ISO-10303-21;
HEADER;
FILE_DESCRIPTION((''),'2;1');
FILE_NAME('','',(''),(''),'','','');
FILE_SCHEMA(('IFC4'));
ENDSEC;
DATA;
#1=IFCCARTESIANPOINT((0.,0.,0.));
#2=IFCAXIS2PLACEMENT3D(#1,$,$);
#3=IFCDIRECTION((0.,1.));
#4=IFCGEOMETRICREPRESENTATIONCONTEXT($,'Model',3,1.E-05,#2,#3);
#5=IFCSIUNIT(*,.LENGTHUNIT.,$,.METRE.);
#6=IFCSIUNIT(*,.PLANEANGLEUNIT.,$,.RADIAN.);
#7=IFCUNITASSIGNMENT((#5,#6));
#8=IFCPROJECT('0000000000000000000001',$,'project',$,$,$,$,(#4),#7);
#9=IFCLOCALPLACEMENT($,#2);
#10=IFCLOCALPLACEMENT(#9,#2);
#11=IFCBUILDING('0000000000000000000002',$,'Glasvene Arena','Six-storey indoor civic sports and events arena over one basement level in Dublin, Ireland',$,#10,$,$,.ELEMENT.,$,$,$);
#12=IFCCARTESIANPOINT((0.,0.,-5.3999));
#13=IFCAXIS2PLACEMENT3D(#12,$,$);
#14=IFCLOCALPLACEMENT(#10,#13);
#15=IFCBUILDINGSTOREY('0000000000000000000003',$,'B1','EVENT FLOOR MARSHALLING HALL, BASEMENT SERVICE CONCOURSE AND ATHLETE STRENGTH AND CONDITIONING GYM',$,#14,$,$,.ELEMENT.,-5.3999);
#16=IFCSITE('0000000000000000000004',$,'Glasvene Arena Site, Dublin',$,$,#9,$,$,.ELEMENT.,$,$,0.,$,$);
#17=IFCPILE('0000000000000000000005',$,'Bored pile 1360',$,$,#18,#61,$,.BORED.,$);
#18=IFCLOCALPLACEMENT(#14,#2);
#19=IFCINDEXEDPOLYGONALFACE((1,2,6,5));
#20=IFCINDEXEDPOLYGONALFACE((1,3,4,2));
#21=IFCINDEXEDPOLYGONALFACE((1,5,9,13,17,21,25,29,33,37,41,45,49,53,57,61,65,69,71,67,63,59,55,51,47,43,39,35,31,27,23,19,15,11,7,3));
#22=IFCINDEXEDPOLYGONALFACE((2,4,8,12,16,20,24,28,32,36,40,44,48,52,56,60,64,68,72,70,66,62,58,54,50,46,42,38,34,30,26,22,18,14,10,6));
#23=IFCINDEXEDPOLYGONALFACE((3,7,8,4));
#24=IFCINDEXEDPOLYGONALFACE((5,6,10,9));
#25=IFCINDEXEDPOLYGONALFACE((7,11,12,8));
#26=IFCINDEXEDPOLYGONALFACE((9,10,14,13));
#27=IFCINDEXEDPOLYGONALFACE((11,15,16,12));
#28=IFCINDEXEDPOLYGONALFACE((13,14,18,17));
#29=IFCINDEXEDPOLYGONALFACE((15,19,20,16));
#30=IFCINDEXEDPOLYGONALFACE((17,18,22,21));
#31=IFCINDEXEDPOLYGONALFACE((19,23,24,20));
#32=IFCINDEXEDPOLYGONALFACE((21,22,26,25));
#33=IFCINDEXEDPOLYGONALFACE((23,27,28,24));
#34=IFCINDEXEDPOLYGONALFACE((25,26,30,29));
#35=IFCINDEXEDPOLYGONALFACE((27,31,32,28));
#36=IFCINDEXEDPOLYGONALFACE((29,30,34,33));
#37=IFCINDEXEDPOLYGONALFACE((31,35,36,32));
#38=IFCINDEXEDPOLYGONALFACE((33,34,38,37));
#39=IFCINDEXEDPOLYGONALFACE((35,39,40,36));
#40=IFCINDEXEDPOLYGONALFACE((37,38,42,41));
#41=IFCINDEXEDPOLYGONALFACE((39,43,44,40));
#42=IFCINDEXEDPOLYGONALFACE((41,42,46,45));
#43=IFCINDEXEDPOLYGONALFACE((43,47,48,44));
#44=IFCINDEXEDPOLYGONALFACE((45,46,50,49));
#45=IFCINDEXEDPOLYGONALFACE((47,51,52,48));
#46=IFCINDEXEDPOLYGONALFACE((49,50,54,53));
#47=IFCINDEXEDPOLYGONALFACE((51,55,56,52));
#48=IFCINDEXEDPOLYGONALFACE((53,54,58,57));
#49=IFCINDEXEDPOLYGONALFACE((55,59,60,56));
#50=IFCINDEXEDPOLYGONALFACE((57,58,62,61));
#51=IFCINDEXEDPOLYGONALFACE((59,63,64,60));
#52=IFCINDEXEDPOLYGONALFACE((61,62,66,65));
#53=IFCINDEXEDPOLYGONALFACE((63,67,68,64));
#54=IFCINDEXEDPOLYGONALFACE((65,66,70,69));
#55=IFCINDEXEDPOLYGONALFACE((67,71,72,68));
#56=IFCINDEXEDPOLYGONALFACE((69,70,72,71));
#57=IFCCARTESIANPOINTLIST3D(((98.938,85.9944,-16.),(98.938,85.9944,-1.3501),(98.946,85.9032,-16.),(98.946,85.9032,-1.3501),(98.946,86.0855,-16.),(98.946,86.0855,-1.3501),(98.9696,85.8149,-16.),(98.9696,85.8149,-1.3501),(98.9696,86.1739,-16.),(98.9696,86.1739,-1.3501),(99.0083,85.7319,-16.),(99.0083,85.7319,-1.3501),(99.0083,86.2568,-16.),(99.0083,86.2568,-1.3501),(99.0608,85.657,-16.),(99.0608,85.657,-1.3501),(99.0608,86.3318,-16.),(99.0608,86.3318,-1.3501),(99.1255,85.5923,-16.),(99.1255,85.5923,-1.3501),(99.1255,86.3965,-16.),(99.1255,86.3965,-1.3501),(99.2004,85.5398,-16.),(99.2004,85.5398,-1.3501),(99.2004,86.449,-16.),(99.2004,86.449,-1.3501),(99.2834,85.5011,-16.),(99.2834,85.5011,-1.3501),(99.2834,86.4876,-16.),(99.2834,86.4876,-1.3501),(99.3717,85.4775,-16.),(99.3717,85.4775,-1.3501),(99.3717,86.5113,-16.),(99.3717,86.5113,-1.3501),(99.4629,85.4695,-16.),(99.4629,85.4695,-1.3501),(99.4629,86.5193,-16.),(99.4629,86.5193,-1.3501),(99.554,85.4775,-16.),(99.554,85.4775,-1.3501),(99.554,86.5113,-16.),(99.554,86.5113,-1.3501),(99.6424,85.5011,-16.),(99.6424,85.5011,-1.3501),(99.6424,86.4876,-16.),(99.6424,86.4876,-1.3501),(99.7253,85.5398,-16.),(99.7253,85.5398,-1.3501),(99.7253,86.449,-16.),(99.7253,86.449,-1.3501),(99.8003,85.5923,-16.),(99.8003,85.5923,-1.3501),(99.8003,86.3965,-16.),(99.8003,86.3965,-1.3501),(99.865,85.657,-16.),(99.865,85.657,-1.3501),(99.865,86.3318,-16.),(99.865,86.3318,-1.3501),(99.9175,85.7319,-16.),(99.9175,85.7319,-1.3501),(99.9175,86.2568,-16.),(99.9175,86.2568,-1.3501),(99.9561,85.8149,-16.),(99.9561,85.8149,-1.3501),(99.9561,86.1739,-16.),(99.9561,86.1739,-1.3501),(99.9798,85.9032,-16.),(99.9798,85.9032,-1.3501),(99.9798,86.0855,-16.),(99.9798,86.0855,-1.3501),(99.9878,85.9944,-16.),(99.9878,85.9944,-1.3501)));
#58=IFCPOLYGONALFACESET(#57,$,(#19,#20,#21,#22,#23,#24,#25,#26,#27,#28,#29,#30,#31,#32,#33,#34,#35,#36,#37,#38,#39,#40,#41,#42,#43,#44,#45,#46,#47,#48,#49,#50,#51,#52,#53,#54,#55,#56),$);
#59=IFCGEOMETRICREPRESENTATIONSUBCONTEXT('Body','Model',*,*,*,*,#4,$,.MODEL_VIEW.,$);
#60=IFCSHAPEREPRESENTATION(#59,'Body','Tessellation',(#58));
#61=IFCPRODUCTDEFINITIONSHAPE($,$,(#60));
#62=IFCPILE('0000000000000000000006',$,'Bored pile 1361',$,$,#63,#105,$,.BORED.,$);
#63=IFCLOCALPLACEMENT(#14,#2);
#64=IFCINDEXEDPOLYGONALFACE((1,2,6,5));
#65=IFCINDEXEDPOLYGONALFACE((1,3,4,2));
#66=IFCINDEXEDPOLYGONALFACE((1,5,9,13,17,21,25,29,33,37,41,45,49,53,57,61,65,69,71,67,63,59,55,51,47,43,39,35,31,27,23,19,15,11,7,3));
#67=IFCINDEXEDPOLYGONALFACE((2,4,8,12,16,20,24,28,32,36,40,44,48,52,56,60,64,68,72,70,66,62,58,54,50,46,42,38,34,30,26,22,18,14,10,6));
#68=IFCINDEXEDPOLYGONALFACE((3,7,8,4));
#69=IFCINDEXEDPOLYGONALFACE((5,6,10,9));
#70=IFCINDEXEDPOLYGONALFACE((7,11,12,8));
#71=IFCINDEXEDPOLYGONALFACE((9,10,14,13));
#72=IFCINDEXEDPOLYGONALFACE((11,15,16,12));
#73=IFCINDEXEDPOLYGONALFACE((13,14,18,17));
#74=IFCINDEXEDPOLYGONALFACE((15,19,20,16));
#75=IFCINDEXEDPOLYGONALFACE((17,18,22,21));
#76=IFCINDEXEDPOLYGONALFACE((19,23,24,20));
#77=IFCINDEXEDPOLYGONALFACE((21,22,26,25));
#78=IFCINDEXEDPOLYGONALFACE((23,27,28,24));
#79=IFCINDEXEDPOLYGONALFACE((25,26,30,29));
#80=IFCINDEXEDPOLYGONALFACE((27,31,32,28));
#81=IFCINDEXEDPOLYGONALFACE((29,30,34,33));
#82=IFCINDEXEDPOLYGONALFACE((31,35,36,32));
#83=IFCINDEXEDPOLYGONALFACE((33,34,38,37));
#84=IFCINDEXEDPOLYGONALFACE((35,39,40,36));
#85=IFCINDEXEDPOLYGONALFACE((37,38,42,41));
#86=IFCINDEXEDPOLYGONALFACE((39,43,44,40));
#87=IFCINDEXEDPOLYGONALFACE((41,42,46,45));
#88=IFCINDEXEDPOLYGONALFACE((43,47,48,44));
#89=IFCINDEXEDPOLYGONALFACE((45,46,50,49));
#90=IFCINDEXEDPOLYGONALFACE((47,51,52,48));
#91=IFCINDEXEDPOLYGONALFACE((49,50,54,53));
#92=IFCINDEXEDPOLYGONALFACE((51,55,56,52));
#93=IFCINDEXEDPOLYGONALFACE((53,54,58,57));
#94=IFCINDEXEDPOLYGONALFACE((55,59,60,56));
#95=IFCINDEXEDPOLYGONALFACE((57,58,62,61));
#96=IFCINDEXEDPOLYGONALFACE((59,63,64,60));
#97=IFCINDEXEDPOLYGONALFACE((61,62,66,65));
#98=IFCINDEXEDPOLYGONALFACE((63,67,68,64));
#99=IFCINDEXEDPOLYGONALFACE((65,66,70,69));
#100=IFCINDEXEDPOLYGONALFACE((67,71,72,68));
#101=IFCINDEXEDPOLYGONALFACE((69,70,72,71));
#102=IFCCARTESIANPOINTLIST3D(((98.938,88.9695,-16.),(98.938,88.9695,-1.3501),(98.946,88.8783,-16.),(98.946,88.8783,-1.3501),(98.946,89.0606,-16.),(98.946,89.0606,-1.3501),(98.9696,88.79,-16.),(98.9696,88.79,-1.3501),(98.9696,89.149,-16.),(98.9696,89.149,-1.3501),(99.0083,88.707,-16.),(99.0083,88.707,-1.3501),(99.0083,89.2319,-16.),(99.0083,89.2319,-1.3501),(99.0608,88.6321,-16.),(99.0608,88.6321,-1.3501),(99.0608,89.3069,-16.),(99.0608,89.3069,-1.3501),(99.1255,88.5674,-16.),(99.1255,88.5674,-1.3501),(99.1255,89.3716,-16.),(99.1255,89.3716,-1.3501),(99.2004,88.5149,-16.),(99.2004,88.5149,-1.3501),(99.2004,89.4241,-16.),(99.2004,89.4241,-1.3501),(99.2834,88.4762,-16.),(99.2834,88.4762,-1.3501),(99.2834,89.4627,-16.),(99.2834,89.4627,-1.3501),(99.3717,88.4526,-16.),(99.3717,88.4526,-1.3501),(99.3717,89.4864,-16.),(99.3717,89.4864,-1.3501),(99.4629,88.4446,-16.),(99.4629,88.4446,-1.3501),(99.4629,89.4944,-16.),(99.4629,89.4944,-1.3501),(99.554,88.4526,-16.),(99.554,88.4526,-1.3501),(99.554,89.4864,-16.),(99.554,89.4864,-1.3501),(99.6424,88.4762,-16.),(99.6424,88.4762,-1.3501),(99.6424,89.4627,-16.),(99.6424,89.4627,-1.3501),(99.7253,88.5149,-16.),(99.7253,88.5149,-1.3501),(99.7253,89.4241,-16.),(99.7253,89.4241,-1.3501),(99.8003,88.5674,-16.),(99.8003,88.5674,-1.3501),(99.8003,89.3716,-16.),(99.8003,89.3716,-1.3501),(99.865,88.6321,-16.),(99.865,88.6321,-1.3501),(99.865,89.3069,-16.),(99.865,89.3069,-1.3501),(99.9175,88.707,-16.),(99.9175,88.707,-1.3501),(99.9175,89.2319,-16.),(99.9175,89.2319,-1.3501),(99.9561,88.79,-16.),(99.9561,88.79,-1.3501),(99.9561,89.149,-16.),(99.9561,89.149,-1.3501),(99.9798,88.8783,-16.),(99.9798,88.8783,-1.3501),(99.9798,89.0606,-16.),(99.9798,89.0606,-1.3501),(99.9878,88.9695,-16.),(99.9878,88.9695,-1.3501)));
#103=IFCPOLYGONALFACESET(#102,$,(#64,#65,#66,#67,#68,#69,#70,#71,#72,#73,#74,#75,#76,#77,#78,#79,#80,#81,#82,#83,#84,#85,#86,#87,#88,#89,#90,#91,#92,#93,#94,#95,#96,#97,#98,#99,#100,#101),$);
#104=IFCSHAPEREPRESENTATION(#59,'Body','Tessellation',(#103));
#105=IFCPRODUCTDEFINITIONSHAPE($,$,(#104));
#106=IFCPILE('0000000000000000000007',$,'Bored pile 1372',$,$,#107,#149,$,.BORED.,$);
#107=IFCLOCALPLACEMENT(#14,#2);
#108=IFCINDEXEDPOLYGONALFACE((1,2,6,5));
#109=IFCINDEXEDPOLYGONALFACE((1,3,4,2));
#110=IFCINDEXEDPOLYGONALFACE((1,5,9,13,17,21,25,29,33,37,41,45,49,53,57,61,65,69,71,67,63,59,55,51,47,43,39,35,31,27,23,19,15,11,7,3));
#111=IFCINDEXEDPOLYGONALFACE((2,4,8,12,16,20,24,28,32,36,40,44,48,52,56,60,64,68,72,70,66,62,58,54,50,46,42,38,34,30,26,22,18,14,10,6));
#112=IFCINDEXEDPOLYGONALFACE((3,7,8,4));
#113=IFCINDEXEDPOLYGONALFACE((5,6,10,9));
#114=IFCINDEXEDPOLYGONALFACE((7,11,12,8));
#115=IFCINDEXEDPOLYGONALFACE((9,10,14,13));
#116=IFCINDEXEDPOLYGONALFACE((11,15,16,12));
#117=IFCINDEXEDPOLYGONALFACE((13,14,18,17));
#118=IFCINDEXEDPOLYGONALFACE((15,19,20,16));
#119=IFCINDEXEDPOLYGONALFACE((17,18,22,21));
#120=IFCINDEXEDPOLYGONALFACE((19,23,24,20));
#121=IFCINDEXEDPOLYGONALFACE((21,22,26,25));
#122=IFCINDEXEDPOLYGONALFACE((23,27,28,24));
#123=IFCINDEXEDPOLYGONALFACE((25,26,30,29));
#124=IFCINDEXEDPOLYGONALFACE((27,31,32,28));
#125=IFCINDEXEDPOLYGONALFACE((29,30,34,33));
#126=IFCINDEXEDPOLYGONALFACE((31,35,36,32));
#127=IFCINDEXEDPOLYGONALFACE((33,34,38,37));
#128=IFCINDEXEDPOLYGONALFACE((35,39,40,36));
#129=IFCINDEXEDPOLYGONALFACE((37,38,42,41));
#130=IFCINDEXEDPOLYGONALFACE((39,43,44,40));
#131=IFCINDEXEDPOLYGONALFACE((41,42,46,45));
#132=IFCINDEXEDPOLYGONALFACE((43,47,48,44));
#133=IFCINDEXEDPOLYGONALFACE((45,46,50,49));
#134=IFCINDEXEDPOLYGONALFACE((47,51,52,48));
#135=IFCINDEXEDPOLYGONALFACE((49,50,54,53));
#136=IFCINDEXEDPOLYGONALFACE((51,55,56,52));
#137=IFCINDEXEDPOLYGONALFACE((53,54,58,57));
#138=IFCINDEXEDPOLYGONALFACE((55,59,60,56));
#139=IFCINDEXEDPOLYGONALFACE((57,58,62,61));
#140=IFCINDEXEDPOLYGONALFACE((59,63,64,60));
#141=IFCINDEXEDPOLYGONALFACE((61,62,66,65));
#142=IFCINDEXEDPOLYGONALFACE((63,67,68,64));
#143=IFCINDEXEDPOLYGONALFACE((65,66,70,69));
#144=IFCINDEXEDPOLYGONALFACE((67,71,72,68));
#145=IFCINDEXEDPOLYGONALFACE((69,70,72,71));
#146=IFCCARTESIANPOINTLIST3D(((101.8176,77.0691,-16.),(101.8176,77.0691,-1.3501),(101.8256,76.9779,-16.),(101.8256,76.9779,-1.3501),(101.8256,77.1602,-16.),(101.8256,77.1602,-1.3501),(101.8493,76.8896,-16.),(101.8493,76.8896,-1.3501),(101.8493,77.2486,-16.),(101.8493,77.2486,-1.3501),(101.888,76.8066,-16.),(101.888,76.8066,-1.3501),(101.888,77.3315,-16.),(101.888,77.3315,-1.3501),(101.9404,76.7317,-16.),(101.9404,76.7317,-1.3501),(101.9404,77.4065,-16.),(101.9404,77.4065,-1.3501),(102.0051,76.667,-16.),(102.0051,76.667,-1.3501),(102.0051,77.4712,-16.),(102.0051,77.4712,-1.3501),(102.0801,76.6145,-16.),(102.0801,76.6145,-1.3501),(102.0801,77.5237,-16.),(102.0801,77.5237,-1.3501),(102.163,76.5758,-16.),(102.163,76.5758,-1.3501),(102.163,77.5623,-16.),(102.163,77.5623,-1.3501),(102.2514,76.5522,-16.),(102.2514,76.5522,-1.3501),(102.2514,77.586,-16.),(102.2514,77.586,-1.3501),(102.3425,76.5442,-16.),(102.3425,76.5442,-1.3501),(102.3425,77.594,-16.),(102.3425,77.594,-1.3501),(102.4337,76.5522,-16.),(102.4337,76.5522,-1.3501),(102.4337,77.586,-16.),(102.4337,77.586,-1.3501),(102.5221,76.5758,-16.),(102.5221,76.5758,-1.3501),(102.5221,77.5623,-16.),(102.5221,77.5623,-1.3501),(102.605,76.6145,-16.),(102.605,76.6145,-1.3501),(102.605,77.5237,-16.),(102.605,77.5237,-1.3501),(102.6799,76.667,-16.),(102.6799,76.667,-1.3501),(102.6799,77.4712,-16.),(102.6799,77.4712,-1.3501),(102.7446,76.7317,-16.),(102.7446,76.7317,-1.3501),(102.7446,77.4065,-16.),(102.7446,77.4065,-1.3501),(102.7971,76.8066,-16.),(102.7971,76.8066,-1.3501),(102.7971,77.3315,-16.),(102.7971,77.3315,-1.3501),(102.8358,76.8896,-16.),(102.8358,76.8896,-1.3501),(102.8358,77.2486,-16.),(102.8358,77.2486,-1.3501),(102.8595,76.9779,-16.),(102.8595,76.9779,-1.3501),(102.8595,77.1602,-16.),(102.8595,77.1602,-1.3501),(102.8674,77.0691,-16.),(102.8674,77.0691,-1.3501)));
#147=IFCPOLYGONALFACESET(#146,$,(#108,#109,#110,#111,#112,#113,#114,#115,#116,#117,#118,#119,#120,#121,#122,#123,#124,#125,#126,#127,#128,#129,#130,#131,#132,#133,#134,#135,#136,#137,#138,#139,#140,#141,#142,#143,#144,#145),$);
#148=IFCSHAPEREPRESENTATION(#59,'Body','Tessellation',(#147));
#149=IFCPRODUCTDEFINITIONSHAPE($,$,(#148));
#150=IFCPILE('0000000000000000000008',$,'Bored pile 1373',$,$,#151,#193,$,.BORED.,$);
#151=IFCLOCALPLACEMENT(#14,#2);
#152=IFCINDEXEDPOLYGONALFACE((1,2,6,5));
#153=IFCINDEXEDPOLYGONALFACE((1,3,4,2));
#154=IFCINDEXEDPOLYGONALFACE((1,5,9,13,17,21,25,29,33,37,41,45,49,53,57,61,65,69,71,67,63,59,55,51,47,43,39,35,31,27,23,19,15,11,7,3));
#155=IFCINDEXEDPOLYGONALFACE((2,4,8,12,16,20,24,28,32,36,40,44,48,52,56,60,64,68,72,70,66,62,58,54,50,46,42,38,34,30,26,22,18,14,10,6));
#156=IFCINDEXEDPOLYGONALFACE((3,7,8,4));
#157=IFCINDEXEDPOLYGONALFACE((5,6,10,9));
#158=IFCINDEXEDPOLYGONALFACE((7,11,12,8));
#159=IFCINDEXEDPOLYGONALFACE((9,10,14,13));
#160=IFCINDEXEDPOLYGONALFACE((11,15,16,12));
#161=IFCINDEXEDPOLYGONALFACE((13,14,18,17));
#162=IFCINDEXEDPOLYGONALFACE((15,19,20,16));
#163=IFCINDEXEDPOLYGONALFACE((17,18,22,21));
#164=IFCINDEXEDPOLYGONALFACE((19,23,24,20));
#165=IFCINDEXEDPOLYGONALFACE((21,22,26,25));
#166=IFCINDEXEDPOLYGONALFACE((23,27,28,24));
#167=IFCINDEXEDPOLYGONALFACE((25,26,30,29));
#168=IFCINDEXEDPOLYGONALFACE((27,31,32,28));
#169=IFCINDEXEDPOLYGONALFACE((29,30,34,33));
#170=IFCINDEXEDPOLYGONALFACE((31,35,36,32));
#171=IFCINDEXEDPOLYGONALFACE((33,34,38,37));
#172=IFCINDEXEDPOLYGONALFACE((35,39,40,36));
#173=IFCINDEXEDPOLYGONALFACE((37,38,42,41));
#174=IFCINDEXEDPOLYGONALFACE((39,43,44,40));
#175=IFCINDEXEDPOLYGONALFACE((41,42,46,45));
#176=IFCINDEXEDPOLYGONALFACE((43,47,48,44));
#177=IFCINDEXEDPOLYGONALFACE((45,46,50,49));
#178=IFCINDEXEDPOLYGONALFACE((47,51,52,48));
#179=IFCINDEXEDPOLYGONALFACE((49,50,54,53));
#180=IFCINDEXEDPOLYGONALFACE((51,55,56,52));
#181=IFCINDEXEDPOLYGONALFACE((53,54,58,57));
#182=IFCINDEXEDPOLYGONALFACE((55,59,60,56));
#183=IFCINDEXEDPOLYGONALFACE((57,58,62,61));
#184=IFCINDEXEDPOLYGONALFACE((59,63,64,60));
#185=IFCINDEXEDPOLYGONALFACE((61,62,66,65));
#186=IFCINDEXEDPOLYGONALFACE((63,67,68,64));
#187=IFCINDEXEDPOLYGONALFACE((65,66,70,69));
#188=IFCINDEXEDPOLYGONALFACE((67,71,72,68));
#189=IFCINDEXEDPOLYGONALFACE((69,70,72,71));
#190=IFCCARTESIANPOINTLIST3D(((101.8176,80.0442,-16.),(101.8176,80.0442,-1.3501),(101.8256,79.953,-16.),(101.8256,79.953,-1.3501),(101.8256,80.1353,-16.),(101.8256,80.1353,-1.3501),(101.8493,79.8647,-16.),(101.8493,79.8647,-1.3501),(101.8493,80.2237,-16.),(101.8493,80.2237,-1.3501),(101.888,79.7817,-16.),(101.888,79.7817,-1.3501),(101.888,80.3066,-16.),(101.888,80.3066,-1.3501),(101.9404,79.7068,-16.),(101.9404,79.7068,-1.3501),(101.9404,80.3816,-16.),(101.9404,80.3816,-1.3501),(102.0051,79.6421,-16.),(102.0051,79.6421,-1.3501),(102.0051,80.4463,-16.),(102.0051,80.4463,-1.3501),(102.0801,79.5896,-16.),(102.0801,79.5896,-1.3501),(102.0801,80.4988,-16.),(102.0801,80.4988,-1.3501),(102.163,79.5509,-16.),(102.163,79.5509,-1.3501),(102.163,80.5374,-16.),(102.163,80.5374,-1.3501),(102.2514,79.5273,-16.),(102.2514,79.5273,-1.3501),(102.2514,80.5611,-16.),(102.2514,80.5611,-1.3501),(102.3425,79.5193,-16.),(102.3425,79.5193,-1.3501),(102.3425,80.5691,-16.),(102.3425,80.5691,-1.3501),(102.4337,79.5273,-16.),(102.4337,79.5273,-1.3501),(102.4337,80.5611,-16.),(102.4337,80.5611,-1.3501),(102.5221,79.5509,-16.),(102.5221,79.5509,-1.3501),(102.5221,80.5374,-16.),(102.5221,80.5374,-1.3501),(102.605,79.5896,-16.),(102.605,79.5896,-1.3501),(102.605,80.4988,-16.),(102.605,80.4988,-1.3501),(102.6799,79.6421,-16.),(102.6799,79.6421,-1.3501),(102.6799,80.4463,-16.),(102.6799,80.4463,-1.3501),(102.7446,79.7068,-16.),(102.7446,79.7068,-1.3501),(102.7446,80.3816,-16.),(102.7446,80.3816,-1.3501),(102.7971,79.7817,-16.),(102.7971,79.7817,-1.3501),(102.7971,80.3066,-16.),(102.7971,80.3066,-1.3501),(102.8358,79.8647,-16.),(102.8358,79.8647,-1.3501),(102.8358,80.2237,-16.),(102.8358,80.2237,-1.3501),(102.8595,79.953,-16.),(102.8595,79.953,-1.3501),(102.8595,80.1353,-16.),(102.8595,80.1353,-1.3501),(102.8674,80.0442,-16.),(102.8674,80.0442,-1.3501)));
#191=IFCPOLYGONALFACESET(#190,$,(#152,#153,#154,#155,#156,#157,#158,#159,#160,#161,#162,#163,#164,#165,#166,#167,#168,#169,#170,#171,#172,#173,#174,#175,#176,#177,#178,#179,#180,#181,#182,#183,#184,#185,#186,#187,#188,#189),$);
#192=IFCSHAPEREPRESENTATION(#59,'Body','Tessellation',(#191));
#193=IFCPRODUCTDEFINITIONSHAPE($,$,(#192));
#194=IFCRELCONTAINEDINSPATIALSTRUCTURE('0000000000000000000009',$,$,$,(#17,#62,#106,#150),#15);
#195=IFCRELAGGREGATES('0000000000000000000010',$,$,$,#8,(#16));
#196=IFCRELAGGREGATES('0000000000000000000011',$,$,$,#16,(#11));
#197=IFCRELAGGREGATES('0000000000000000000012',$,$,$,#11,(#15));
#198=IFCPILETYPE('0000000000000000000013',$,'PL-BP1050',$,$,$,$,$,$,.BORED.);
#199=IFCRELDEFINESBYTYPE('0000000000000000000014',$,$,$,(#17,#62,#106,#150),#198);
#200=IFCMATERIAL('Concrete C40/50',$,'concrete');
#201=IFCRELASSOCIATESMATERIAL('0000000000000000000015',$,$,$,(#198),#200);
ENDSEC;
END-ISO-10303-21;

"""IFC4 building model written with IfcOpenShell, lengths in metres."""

from ifc_helpers import new_model, si_unit, direction, frame, origin, origin_2d, place, context, subcontext, project, spatial, circle, extrude, material, material_profile, profile_set, type_object, element, save


model = new_model("IFC4")

# Units and contexts
model_context = context("Model", 3, precision=1e-05, world=origin(), true_north=direction((0.0, 1.0)))
body_context = subcontext(model_context, "Body", "Model", "MODEL_VIEW")
ifc_project = project(units=[si_unit("LENGTHUNIT", "METRE"), si_unit("PLANEANGLEUNIT", "RADIAN")], contexts=[model_context])

# Site, building, storey
site_placement = place(None, origin())
site = spatial("IfcSite", under=ifc_project, at=site_placement, Name="Glasvene Arena Site, Dublin", CompositionType="ELEMENT", RefElevation=0.0)
building_placement = place(site_placement, origin())
building = spatial("IfcBuilding", under=site, at=building_placement, Name="Glasvene Arena", Description="Six-storey indoor civic sports and events arena over one basement level in Dublin, Ireland", CompositionType="ELEMENT")
storey_placement = place(building_placement, frame((0.0, 0.0, -5.3999)))
storey = spatial("IfcBuildingStorey", under=building, at=storey_placement, Name="B1", Description="EVENT FLOOR MARSHALLING HALL, BASEMENT SERVICE CONCOURSE AND ATHLETE STRENGTH AND CONDITIONING GYM", CompositionType="ELEMENT", Elevation=-5.3999)

# Shared definitions
ifc_material = material(Name="Concrete C40/50", Category="concrete")

# Piles
ifc_material_profile = material_profile(ifc_material, circle(Radius=0.5249, at=origin_2d()), Name="BORED PILE 1050")
ifc_profile_set = profile_set([ifc_material_profile], Name="Concrete C40/50")
pile_type = type_object("IfcPileType", Name="PL-BP1050", PredefinedType="BORED", material=ifc_profile_set)
for number, where, z_axis, x_axis, name in (
    (1, (99.4629, 85.9944, -1.3501), (0.0, 0.0, -1.0), (1.0, 0.0, 0.0), "Bored pile 1360"),
    (2, (99.4629, 88.9695, -1.3501), (0.0, 0.0, -1.0), (1.0, 0.0, 0.0), "Bored pile 1361"),
    (3, (102.3425, 77.0691, -1.3501), (0.0, 0.0, -1.0), (1.0, 0.0, 0.0), "Bored pile 1372"),
    (4, (102.3425, 80.0442, -1.3501), (0.0, 0.0, -1.0), (1.0, 0.0, 0.0), "Bored pile 1373"),
):
    element("IfcPile", number, at=place(storey_placement, frame(where, z_axis=z_axis, x_axis=x_axis)), inside=storey, type_object=pile_type, Name=name, PredefinedType="BORED", context=body_context, shape_type="SweptSolid", body=[
        extrude(circle(Radius=0.5249, at=origin_2d()), origin(), (0.0, 0.0, 1.0), 14.6499),
    ])

save(model, "model.ifc")
